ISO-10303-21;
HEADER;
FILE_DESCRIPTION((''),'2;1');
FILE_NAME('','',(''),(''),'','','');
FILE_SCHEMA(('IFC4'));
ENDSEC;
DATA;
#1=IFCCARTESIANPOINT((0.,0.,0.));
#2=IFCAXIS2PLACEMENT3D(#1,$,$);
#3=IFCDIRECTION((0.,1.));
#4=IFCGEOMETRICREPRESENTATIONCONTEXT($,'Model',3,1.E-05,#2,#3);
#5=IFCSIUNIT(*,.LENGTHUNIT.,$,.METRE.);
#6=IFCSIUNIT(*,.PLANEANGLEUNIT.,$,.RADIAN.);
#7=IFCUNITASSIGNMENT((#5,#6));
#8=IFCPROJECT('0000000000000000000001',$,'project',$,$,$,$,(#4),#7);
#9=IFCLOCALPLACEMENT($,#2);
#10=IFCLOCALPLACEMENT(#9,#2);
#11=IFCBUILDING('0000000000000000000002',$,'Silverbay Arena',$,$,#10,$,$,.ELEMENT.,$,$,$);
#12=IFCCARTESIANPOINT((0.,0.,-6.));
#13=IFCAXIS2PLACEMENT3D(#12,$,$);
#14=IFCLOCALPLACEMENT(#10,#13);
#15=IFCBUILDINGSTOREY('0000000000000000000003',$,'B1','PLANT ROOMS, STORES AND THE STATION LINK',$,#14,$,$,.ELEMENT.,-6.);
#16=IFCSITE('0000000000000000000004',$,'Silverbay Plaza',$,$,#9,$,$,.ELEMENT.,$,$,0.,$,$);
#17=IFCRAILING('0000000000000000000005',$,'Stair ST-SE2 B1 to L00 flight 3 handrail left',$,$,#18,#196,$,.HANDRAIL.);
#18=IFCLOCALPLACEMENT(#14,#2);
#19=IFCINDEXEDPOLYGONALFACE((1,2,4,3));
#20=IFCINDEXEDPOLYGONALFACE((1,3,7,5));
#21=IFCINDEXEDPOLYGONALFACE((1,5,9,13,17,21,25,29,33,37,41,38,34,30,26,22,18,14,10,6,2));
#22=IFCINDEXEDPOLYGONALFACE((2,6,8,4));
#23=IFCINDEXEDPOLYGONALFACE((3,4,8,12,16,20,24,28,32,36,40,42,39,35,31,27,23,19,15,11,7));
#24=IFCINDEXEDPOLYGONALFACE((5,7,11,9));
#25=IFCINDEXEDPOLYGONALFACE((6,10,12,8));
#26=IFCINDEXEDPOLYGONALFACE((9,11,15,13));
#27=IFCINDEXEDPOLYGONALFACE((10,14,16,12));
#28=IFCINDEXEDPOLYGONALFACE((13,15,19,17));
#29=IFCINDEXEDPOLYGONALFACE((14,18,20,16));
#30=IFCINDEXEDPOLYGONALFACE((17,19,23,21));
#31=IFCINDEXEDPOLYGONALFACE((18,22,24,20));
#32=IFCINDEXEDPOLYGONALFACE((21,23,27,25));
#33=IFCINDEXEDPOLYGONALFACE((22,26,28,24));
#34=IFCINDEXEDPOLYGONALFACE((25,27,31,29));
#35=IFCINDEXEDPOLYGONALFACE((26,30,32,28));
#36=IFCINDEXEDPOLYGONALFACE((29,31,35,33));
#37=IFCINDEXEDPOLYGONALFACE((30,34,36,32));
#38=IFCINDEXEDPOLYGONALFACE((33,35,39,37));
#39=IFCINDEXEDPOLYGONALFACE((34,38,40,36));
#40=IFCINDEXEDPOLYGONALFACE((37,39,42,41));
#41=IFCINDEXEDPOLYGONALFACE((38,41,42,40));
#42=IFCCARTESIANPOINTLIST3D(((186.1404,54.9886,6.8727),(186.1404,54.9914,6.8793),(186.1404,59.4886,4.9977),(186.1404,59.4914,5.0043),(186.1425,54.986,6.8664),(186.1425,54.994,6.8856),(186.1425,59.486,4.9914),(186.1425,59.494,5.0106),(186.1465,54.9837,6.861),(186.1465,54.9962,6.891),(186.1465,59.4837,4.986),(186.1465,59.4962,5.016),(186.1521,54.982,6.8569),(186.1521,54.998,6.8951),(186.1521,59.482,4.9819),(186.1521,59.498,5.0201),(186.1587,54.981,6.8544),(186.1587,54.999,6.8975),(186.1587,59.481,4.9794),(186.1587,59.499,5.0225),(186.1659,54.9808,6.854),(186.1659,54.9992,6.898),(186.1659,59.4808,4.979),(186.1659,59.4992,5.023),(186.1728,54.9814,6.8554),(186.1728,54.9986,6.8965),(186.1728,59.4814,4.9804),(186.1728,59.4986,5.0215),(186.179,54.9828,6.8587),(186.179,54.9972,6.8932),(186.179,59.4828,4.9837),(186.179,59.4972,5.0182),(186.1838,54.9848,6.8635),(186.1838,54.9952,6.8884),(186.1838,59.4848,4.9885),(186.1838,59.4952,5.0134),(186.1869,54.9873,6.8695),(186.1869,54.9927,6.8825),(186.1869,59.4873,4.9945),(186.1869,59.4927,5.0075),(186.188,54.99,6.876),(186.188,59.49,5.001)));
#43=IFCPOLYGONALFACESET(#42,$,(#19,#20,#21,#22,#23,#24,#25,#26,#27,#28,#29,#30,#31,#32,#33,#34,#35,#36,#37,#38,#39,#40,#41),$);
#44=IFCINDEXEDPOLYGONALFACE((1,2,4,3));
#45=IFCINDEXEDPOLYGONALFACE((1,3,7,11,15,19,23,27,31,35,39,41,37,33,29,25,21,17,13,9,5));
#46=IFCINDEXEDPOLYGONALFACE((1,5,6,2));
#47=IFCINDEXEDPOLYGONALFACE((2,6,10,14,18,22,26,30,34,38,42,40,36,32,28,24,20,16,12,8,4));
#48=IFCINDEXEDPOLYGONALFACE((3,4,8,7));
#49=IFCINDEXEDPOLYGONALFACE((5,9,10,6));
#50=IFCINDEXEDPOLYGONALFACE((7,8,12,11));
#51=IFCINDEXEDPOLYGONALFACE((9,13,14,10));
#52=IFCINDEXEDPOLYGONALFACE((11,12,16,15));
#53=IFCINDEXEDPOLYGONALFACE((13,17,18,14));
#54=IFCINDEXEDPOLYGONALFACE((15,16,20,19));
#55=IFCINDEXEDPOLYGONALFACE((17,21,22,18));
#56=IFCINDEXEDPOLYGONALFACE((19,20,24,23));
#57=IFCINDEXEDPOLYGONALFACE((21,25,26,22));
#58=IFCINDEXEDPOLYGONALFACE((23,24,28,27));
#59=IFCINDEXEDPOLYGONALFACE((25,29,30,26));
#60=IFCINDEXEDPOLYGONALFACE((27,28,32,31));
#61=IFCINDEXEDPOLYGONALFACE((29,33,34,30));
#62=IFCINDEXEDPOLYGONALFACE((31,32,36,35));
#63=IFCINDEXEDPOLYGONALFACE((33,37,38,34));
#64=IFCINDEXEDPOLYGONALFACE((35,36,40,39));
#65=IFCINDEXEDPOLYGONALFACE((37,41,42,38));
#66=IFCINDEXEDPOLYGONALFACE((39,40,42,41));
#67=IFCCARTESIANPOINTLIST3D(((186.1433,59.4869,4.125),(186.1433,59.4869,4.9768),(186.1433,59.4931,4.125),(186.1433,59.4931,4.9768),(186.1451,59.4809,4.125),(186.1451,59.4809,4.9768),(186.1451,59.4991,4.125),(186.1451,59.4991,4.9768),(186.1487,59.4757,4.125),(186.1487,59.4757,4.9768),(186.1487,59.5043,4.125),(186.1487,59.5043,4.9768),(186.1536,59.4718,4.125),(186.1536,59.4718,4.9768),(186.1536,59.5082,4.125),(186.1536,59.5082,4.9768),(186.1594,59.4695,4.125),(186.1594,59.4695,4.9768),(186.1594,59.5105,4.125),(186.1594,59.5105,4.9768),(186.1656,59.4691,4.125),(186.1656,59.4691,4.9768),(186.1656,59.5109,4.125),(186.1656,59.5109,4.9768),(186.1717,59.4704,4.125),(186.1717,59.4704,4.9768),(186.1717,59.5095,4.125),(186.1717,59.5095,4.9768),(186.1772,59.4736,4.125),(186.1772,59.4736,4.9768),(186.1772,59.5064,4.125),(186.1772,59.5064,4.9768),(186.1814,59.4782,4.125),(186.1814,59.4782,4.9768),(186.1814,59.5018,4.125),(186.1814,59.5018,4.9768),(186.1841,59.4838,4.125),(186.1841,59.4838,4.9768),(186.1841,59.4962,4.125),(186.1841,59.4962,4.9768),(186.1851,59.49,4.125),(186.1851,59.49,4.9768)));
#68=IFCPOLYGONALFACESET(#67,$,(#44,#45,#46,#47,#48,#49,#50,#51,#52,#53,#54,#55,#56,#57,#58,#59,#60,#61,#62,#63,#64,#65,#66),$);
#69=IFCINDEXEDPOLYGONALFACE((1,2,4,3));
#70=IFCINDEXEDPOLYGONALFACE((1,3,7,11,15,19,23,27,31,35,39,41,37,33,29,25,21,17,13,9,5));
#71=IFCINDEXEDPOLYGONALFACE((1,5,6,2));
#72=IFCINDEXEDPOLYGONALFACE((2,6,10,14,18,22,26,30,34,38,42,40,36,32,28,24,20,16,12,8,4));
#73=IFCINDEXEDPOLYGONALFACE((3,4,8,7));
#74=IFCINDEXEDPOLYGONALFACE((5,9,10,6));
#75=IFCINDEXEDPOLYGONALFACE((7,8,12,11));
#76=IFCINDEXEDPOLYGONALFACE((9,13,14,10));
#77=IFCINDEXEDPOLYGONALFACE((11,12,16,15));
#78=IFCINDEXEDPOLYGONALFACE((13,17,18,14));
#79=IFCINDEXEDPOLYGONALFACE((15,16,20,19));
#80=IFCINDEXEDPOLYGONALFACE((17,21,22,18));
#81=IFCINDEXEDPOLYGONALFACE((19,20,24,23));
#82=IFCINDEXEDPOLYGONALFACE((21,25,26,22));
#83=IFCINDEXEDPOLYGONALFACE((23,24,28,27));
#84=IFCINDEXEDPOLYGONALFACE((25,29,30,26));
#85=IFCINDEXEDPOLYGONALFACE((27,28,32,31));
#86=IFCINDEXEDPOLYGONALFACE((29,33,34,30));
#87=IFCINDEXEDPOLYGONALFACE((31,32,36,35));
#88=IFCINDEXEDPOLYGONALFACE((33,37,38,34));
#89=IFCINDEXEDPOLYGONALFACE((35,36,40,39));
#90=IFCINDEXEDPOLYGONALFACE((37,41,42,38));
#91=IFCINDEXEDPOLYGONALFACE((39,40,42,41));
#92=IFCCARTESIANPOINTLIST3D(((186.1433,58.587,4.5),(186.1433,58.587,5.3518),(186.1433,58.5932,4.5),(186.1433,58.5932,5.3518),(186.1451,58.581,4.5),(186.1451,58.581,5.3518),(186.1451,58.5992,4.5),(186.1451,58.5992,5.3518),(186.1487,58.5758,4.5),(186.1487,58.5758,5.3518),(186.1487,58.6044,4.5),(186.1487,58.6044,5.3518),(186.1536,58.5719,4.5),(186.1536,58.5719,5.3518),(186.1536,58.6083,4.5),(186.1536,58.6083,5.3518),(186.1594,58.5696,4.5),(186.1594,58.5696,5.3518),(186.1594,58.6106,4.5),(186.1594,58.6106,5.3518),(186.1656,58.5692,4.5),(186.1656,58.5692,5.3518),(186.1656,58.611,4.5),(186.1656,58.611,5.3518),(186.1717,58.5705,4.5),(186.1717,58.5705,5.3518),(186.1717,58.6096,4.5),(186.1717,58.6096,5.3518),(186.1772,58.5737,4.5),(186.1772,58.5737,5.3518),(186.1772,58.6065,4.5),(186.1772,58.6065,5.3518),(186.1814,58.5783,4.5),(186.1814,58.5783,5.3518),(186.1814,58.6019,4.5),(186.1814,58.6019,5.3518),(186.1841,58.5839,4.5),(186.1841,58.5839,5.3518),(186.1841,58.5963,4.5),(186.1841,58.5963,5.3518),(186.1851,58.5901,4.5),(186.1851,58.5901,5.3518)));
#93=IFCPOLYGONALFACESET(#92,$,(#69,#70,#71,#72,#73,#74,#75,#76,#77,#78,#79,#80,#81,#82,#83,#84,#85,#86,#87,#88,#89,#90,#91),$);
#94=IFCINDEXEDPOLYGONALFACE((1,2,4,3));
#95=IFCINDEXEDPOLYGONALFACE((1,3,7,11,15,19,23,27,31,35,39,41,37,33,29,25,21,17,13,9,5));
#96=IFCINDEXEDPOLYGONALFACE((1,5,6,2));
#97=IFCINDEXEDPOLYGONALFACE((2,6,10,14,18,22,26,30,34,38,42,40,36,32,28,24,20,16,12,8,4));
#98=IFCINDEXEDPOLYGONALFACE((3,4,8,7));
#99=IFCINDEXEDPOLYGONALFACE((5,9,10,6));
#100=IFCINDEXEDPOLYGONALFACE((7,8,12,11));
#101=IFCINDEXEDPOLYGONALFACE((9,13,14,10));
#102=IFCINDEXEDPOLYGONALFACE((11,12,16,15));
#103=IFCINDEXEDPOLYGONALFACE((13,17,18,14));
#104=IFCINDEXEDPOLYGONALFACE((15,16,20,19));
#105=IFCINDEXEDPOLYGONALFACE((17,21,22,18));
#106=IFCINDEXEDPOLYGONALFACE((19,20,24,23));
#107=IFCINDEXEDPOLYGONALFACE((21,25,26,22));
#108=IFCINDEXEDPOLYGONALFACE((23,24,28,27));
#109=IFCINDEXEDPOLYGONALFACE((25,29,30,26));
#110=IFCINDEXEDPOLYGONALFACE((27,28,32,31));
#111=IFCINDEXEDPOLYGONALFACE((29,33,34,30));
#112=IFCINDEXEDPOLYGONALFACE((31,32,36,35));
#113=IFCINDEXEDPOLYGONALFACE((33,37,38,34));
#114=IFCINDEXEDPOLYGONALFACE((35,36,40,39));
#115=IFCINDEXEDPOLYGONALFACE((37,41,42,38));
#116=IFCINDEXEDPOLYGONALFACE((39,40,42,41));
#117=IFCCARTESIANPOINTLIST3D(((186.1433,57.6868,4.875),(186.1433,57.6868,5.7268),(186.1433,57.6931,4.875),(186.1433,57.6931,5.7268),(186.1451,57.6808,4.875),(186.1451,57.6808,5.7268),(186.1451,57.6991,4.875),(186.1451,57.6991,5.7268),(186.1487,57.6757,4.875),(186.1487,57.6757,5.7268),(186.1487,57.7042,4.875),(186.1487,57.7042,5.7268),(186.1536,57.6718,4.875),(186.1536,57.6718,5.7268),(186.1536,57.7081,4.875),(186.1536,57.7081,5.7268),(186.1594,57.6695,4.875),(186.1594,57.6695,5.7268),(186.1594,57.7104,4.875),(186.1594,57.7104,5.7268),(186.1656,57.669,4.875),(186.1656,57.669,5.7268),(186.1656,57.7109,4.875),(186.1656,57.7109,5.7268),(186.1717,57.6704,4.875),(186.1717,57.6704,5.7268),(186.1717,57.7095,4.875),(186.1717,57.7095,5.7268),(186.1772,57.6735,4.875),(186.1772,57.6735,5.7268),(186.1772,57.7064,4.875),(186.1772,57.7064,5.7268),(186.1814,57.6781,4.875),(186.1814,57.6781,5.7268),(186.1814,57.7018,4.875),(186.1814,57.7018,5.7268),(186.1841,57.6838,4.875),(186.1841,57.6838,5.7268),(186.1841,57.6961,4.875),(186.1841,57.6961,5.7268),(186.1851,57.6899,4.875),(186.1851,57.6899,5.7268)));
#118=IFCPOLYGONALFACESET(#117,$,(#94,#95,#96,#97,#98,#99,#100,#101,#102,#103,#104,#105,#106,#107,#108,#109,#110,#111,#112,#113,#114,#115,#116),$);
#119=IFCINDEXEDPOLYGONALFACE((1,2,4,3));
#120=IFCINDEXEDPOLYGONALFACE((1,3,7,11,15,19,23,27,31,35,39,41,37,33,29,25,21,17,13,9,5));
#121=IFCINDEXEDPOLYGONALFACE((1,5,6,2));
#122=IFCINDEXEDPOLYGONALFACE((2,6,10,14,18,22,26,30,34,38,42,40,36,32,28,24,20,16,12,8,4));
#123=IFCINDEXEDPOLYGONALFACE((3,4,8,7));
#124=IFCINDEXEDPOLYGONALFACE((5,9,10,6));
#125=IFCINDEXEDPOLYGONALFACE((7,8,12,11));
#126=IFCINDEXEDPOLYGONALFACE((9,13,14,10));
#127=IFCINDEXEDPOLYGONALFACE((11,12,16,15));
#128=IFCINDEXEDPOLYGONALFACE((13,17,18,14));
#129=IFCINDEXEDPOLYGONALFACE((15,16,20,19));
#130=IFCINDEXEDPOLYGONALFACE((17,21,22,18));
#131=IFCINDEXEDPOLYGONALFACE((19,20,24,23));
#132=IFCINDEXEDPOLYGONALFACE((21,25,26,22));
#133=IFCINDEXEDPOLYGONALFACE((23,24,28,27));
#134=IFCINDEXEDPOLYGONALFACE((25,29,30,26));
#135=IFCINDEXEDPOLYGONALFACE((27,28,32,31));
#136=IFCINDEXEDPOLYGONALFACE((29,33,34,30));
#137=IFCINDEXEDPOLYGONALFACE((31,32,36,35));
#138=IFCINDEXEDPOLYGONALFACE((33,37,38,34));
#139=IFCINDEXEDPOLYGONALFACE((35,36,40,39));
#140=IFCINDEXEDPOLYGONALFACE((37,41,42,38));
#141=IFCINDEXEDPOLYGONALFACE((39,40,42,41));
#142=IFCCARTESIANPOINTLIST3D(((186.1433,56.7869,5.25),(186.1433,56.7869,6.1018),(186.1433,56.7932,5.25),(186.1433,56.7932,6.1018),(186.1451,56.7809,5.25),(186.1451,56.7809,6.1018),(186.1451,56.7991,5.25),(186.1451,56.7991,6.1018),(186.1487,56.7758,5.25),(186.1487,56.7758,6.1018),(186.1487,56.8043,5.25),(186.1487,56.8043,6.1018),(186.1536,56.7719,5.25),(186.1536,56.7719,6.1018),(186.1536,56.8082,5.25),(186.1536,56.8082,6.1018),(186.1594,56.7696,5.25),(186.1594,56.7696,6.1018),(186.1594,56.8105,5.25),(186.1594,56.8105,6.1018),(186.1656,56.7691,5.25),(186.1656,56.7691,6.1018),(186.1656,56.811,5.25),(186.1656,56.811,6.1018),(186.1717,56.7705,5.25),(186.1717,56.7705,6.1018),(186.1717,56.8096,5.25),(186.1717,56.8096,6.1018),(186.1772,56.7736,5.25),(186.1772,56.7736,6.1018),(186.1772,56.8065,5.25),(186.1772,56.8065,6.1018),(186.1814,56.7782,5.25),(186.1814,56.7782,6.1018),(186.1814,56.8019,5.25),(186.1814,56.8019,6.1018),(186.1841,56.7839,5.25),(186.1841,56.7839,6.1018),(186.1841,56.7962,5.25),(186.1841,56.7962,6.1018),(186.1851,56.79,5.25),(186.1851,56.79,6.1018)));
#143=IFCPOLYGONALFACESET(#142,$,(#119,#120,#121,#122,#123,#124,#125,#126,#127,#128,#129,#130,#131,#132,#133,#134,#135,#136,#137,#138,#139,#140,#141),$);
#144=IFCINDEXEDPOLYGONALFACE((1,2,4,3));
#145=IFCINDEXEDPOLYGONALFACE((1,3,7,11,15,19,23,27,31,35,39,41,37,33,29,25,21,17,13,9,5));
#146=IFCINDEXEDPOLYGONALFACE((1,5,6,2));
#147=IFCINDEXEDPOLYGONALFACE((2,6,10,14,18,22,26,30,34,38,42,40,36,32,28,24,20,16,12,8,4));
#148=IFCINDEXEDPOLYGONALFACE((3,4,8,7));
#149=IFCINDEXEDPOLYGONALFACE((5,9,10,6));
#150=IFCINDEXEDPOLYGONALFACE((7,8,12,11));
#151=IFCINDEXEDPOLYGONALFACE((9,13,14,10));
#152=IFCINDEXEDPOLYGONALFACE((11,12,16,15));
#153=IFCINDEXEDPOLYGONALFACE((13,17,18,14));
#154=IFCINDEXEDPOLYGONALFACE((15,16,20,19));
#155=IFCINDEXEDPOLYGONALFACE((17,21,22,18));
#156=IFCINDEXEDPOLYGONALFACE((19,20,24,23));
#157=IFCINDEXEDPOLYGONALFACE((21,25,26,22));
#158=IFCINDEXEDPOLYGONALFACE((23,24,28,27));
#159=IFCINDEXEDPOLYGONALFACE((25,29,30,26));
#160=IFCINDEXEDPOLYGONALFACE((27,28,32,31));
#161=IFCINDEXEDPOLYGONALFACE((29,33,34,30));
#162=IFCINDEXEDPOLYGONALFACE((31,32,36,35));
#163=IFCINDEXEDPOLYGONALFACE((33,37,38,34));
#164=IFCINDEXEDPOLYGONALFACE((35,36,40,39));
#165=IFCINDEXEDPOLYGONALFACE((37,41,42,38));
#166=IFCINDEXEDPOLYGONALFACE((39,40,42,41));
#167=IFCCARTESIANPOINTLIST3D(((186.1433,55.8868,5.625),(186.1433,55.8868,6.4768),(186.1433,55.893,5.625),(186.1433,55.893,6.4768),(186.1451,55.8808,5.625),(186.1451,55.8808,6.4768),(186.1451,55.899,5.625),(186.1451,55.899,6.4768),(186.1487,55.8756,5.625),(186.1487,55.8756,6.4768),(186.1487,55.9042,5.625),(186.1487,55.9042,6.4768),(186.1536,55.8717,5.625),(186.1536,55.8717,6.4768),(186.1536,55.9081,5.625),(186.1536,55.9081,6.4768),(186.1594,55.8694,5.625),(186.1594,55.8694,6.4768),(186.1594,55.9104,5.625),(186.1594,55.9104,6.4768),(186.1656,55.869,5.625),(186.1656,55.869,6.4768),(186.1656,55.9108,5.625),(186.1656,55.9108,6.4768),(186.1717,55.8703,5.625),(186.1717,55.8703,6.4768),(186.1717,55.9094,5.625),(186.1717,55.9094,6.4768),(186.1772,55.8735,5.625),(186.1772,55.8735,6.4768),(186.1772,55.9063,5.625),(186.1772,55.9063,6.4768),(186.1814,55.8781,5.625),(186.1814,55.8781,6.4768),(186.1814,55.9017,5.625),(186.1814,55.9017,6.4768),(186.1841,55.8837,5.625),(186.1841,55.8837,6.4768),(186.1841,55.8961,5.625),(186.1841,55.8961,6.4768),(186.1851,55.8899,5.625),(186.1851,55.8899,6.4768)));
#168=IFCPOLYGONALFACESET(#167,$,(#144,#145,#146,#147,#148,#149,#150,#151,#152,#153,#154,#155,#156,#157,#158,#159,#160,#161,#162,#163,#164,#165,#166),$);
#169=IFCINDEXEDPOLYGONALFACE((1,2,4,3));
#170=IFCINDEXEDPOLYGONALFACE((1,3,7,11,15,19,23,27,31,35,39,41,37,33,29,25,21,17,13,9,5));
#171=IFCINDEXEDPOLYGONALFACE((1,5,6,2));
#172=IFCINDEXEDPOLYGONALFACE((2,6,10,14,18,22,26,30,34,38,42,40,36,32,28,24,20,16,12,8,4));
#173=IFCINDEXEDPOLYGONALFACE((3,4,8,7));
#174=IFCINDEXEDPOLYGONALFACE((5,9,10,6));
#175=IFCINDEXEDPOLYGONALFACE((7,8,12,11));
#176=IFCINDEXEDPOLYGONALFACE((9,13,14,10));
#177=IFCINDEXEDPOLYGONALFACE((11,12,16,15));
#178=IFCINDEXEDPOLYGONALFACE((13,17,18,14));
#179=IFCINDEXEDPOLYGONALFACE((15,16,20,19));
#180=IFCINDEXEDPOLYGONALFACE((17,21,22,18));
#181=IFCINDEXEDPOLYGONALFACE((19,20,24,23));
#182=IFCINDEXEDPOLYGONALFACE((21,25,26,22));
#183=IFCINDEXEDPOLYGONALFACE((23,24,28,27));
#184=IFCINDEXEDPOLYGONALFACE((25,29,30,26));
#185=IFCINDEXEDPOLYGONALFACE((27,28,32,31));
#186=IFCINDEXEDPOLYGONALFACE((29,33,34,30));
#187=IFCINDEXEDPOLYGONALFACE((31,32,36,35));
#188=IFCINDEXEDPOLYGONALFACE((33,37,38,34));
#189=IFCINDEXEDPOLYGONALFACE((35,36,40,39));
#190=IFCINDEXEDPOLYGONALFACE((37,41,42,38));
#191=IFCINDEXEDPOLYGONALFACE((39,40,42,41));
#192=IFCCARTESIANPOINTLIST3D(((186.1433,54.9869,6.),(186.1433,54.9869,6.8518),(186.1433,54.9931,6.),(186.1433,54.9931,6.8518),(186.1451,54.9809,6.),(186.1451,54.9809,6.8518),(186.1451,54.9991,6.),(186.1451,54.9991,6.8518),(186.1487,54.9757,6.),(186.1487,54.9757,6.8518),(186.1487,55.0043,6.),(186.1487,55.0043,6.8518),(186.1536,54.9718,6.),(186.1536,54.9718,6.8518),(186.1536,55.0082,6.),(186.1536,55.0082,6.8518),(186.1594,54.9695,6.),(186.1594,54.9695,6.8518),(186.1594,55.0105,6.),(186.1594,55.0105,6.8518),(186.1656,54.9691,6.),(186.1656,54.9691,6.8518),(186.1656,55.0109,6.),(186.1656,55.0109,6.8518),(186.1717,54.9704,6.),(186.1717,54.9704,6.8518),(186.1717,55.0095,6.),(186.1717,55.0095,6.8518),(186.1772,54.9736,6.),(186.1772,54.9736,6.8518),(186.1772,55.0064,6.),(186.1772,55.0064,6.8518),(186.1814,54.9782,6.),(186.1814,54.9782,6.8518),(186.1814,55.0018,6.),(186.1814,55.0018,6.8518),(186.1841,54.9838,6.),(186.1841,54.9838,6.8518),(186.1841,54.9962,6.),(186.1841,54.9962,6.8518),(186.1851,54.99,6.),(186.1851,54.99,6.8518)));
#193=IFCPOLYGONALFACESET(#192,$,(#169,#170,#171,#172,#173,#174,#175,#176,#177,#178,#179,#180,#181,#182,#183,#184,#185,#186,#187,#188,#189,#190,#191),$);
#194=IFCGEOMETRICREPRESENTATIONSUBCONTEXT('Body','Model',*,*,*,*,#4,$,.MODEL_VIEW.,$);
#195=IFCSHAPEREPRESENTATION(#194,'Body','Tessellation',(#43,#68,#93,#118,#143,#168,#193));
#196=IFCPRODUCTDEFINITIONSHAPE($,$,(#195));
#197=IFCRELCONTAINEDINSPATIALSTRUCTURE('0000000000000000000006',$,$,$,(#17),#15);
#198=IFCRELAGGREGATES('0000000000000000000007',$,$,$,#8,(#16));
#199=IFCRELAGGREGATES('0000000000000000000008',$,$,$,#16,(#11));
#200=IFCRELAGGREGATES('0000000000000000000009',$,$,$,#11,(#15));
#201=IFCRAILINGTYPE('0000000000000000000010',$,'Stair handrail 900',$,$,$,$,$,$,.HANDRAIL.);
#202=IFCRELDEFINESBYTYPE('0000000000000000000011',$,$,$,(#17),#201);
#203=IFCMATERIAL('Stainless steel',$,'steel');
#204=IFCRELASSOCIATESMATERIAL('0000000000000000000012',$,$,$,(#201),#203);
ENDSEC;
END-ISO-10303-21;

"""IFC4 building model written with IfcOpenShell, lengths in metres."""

from ifc_helpers import new_model, si_unit, direction, frame, origin, origin_2d, place, context, subcontext, project, spatial, circle, extrude, material, type_object, element, save


model = new_model("IFC4")

# Units and contexts
model_context = context("Model", 3, precision=1e-05, world=origin(), true_north=direction((0.0, 1.0)))
body_context = subcontext(model_context, "Body", "Model", "MODEL_VIEW")
ifc_project = project(units=[si_unit("LENGTHUNIT", "METRE"), si_unit("PLANEANGLEUNIT", "RADIAN")], contexts=[model_context])

# Site, building, storey
site_placement = place(None, origin())
site = spatial("IfcSite", under=ifc_project, at=site_placement, Name="Silverbay Plaza", CompositionType="ELEMENT", RefElevation=0.0)
building_placement = place(site_placement, origin())
building = spatial("IfcBuilding", under=site, at=building_placement, Name="Silverbay Arena", CompositionType="ELEMENT")
storey_placement = place(building_placement, frame((0.0, 0.0, -6.0)))
storey = spatial("IfcBuildingStorey", under=building, at=storey_placement, Name="B1", Description="PLANT ROOMS, STORES AND THE STATION LINK", CompositionType="ELEMENT", Elevation=-6.0)

# Railing
ifc_material_1 = material(Name="Stainless steel", Category="steel")
railing_type_1 = type_object("IfcRailingType", Name="Stair handrail 900", PredefinedType="HANDRAIL", material=ifc_material_1)
for number, where, name in (
    (1, (186.1641, 59.49, 4.125), "Stair ST-SE2 B1 to L00 flight 3 handrail left"),
):
    element("IfcRailing", number, at=place(storey_placement, frame(where)), inside=storey, type_object=railing_type_1, Name=name, PredefinedType="HANDRAIL", context=body_context, shape_type="SweptSolid", body=[
        extrude(circle(Radius=0.0239, at=origin_2d()), frame((0.0, 0.0, 0.876), z_axis=(0.0, -0.923077, 0.384615), x_axis=(1.0, 0.0, 0.0)), (0.0, 0.0, 1.0), 4.875),
        extrude(circle(Radius=0.021, at=origin_2d()), origin(), (0.0, 0.0, 1.0), 0.8518),
        extrude(circle(Radius=0.021, at=origin_2d()), frame((0.0, -0.8999, 0.375)), (0.0, 0.0, 1.0), 0.8518),
        extrude(circle(Radius=0.021, at=origin_2d()), frame((0.0, -1.8, 0.75)), (0.0, 0.0, 1.0), 0.8518),
        extrude(circle(Radius=0.021, at=origin_2d()), frame((0.0, -2.7, 1.125)), (0.0, 0.0, 1.0), 0.8518),
        extrude(circle(Radius=0.021, at=origin_2d()), frame((0.0, -3.6001, 1.5)), (0.0, 0.0, 1.0), 0.8518),
        extrude(circle(Radius=0.021, at=origin_2d()), frame((0.0, -4.5, 1.875)), (0.0, 0.0, 1.0), 0.8518),
    ])

save(model, "model.ifc")
